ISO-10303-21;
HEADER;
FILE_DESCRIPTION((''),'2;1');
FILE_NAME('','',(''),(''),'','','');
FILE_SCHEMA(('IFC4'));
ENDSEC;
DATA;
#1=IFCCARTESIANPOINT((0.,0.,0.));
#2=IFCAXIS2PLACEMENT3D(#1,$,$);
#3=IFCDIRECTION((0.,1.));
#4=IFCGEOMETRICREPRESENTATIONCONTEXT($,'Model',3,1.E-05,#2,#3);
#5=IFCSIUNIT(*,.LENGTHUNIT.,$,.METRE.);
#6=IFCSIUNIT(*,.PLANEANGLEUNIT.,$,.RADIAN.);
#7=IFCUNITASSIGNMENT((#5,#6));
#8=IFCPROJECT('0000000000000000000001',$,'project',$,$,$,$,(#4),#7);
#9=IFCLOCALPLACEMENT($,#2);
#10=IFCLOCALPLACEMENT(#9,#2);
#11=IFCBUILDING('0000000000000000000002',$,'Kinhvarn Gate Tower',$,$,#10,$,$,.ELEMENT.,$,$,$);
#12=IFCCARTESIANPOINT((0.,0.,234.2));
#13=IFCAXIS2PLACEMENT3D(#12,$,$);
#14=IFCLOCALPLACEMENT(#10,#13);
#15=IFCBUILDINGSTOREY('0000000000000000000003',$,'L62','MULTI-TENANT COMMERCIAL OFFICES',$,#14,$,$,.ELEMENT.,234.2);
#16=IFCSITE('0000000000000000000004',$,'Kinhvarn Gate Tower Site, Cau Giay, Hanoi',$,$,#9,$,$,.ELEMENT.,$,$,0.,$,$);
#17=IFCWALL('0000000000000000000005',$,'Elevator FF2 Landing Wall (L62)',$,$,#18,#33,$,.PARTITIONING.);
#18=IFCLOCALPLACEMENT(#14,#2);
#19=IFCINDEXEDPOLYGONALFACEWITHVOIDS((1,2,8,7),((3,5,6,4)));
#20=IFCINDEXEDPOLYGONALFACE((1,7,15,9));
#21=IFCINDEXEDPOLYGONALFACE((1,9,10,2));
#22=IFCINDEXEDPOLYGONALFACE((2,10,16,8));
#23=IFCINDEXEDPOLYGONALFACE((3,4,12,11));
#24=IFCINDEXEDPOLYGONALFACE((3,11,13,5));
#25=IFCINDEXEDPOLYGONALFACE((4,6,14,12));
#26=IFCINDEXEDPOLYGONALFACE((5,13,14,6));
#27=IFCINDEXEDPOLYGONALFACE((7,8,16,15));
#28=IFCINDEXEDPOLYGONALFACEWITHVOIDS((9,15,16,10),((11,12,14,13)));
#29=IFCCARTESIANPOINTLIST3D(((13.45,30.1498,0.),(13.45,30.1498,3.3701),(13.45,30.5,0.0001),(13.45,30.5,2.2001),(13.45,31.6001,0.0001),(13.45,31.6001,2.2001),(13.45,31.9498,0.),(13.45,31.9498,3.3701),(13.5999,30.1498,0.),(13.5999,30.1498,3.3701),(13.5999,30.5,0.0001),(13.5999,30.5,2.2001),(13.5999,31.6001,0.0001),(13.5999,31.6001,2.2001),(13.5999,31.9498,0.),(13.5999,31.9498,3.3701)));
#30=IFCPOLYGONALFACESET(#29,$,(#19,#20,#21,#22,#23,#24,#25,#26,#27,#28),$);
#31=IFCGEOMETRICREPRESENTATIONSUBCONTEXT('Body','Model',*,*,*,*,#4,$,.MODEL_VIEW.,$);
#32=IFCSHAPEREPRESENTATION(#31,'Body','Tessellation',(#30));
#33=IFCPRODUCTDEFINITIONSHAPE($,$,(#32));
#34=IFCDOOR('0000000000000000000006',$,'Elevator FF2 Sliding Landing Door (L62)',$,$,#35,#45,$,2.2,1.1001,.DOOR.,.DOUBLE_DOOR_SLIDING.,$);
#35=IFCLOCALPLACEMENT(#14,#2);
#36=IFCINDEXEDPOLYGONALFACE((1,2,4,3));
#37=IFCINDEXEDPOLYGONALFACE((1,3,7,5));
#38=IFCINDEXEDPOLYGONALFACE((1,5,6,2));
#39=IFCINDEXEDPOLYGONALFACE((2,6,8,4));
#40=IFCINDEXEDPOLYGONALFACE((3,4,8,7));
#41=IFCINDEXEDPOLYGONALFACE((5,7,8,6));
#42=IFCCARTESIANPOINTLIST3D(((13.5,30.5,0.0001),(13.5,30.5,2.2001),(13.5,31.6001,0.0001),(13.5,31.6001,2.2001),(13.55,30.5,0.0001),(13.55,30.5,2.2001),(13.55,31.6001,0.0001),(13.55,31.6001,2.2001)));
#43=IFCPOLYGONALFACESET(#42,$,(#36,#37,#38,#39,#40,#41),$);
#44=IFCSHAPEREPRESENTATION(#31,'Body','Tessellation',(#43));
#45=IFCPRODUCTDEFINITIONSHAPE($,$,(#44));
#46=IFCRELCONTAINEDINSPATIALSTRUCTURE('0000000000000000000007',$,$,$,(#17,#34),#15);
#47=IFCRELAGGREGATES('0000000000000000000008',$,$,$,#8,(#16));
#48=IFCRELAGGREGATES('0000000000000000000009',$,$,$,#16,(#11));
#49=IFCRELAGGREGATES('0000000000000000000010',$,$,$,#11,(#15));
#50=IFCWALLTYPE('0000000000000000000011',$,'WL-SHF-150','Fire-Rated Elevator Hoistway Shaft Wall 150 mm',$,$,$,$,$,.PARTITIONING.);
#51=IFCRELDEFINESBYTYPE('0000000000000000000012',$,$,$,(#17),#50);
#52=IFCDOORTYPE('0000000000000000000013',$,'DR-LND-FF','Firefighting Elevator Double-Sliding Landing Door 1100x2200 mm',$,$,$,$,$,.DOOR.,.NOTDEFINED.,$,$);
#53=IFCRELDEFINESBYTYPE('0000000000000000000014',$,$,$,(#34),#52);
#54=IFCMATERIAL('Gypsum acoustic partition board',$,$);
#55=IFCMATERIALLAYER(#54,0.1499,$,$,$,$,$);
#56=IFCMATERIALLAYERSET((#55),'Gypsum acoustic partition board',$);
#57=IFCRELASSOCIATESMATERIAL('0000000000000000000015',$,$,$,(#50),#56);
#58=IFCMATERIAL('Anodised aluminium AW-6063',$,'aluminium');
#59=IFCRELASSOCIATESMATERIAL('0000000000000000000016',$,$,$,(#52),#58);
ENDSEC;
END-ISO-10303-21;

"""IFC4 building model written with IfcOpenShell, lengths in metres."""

from ifc_helpers import new_model, si_unit, direction, frame, frame_2d, origin, place, context, subcontext, project, spatial, rectangle, extrude, material, layer, layer_set, type_object, element, fill, save


model = new_model("IFC4")

# Units and contexts
model_context = context("Model", 3, precision=1e-05, world=origin(), true_north=direction((0.0, 1.0)))
body_context = subcontext(model_context, "Body", "Model", "MODEL_VIEW")
ifc_project = project(units=[si_unit("LENGTHUNIT", "METRE"), si_unit("PLANEANGLEUNIT", "RADIAN")], contexts=[model_context])

# Site, building, storey
site_placement = place(None, origin())
site = spatial("IfcSite", under=ifc_project, at=site_placement, Name="Kinhvarn Gate Tower Site, Cau Giay, Hanoi", CompositionType="ELEMENT", RefElevation=0.0)
building_placement = place(site_placement, origin())
building = spatial("IfcBuilding", under=site, at=building_placement, Name="Kinhvarn Gate Tower", CompositionType="ELEMENT")
storey_placement = place(building_placement, frame((0.0, 0.0, 234.2)))
storey = spatial("IfcBuildingStorey", under=building, at=storey_placement, Name="L62", Description="MULTI-TENANT COMMERCIAL OFFICES", CompositionType="ELEMENT", Elevation=234.2)

# Shared definitions
ifc_material_1 = material(Name="Anodised aluminium AW-6063", Category="aluminium")

# Shared definitions
ifc_material_2 = material(Name="Gypsum acoustic partition board")

# Shared definitions
ifc_layer_1 = layer(ifc_material_2, 0.1499)
ifc_layer_set_1 = layer_set([ifc_layer_1], Name="Gypsum acoustic partition board")
wall_type_1 = type_object("IfcWallType", Name="WL-SHF-150", Description="Fire-Rated Elevator Hoistway Shaft Wall 150 mm", PredefinedType="PARTITIONING", material=ifc_layer_set_1)

# Wall, opening, door
wall_1_placement = place(storey_placement, frame((13.5249, 30.1499, 0.0), z_axis=(0.0, 0.0, 1.0), x_axis=(0.0, 1.0, 0.0)))
wall_1 = element("IfcWall", 1, at=wall_1_placement, inside=storey, type_object=wall_type_1, Name="Elevator FF2 Landing Wall (L62)", PredefinedType="PARTITIONING", context=body_context, shape_type="SweptSolid", body=[
    extrude(rectangle(XDim=1.8, YDim=0.1499, at=frame_2d((0.8999, 0.0))), origin(), (0.0, 0.0, 1.0), 3.3701),
])
opening_1_placement = place(wall_1_placement, frame((0.3501, 0.0, 0.0)))
opening_1 = element("IfcOpeningElement", 2, at=opening_1_placement, cuts=wall_1, PredefinedType="OPENING", context=body_context, shape_type="SweptSolid", body=[
    extrude(rectangle(XDim=1.1001, YDim=2.2, at=frame_2d((0.55, 1.1001))), frame((0.0, 0.085, 0.0), z_axis=(0.0, -1.0, 0.0), x_axis=(1.0, 0.0, 0.0)), (0.0, 0.0, 1.0), 0.1699),
])
door_type_1 = type_object("IfcDoorType", Name="DR-LND-FF", Description="Firefighting Elevator Double-Sliding Landing Door 1100x2200 mm", OperationType="NOTDEFINED", PredefinedType="DOOR", material=ifc_material_1)
door_1_placement = place(opening_1_placement, origin())
door_1 = element("IfcDoor", 3, at=door_1_placement, inside=storey, type_object=door_type_1, Name="Elevator FF2 Sliding Landing Door (L62)", OperationType="DOUBLE_DOOR_SLIDING", OverallHeight=2.2, OverallWidth=1.1001, PredefinedType="DOOR", context=body_context, shape_type="SweptSolid", body=[
    extrude(rectangle(XDim=1.1001, YDim=2.2, at=frame_2d((0.55, 1.1001))), frame((0.0, 0.0249, 0.0), z_axis=(0.0, -1.0, 0.0), x_axis=(1.0, 0.0, 0.0)), (0.0, 0.0, 1.0), 0.05),
])
fill(opening_1, door_1)

save(model, "model.ifc")
